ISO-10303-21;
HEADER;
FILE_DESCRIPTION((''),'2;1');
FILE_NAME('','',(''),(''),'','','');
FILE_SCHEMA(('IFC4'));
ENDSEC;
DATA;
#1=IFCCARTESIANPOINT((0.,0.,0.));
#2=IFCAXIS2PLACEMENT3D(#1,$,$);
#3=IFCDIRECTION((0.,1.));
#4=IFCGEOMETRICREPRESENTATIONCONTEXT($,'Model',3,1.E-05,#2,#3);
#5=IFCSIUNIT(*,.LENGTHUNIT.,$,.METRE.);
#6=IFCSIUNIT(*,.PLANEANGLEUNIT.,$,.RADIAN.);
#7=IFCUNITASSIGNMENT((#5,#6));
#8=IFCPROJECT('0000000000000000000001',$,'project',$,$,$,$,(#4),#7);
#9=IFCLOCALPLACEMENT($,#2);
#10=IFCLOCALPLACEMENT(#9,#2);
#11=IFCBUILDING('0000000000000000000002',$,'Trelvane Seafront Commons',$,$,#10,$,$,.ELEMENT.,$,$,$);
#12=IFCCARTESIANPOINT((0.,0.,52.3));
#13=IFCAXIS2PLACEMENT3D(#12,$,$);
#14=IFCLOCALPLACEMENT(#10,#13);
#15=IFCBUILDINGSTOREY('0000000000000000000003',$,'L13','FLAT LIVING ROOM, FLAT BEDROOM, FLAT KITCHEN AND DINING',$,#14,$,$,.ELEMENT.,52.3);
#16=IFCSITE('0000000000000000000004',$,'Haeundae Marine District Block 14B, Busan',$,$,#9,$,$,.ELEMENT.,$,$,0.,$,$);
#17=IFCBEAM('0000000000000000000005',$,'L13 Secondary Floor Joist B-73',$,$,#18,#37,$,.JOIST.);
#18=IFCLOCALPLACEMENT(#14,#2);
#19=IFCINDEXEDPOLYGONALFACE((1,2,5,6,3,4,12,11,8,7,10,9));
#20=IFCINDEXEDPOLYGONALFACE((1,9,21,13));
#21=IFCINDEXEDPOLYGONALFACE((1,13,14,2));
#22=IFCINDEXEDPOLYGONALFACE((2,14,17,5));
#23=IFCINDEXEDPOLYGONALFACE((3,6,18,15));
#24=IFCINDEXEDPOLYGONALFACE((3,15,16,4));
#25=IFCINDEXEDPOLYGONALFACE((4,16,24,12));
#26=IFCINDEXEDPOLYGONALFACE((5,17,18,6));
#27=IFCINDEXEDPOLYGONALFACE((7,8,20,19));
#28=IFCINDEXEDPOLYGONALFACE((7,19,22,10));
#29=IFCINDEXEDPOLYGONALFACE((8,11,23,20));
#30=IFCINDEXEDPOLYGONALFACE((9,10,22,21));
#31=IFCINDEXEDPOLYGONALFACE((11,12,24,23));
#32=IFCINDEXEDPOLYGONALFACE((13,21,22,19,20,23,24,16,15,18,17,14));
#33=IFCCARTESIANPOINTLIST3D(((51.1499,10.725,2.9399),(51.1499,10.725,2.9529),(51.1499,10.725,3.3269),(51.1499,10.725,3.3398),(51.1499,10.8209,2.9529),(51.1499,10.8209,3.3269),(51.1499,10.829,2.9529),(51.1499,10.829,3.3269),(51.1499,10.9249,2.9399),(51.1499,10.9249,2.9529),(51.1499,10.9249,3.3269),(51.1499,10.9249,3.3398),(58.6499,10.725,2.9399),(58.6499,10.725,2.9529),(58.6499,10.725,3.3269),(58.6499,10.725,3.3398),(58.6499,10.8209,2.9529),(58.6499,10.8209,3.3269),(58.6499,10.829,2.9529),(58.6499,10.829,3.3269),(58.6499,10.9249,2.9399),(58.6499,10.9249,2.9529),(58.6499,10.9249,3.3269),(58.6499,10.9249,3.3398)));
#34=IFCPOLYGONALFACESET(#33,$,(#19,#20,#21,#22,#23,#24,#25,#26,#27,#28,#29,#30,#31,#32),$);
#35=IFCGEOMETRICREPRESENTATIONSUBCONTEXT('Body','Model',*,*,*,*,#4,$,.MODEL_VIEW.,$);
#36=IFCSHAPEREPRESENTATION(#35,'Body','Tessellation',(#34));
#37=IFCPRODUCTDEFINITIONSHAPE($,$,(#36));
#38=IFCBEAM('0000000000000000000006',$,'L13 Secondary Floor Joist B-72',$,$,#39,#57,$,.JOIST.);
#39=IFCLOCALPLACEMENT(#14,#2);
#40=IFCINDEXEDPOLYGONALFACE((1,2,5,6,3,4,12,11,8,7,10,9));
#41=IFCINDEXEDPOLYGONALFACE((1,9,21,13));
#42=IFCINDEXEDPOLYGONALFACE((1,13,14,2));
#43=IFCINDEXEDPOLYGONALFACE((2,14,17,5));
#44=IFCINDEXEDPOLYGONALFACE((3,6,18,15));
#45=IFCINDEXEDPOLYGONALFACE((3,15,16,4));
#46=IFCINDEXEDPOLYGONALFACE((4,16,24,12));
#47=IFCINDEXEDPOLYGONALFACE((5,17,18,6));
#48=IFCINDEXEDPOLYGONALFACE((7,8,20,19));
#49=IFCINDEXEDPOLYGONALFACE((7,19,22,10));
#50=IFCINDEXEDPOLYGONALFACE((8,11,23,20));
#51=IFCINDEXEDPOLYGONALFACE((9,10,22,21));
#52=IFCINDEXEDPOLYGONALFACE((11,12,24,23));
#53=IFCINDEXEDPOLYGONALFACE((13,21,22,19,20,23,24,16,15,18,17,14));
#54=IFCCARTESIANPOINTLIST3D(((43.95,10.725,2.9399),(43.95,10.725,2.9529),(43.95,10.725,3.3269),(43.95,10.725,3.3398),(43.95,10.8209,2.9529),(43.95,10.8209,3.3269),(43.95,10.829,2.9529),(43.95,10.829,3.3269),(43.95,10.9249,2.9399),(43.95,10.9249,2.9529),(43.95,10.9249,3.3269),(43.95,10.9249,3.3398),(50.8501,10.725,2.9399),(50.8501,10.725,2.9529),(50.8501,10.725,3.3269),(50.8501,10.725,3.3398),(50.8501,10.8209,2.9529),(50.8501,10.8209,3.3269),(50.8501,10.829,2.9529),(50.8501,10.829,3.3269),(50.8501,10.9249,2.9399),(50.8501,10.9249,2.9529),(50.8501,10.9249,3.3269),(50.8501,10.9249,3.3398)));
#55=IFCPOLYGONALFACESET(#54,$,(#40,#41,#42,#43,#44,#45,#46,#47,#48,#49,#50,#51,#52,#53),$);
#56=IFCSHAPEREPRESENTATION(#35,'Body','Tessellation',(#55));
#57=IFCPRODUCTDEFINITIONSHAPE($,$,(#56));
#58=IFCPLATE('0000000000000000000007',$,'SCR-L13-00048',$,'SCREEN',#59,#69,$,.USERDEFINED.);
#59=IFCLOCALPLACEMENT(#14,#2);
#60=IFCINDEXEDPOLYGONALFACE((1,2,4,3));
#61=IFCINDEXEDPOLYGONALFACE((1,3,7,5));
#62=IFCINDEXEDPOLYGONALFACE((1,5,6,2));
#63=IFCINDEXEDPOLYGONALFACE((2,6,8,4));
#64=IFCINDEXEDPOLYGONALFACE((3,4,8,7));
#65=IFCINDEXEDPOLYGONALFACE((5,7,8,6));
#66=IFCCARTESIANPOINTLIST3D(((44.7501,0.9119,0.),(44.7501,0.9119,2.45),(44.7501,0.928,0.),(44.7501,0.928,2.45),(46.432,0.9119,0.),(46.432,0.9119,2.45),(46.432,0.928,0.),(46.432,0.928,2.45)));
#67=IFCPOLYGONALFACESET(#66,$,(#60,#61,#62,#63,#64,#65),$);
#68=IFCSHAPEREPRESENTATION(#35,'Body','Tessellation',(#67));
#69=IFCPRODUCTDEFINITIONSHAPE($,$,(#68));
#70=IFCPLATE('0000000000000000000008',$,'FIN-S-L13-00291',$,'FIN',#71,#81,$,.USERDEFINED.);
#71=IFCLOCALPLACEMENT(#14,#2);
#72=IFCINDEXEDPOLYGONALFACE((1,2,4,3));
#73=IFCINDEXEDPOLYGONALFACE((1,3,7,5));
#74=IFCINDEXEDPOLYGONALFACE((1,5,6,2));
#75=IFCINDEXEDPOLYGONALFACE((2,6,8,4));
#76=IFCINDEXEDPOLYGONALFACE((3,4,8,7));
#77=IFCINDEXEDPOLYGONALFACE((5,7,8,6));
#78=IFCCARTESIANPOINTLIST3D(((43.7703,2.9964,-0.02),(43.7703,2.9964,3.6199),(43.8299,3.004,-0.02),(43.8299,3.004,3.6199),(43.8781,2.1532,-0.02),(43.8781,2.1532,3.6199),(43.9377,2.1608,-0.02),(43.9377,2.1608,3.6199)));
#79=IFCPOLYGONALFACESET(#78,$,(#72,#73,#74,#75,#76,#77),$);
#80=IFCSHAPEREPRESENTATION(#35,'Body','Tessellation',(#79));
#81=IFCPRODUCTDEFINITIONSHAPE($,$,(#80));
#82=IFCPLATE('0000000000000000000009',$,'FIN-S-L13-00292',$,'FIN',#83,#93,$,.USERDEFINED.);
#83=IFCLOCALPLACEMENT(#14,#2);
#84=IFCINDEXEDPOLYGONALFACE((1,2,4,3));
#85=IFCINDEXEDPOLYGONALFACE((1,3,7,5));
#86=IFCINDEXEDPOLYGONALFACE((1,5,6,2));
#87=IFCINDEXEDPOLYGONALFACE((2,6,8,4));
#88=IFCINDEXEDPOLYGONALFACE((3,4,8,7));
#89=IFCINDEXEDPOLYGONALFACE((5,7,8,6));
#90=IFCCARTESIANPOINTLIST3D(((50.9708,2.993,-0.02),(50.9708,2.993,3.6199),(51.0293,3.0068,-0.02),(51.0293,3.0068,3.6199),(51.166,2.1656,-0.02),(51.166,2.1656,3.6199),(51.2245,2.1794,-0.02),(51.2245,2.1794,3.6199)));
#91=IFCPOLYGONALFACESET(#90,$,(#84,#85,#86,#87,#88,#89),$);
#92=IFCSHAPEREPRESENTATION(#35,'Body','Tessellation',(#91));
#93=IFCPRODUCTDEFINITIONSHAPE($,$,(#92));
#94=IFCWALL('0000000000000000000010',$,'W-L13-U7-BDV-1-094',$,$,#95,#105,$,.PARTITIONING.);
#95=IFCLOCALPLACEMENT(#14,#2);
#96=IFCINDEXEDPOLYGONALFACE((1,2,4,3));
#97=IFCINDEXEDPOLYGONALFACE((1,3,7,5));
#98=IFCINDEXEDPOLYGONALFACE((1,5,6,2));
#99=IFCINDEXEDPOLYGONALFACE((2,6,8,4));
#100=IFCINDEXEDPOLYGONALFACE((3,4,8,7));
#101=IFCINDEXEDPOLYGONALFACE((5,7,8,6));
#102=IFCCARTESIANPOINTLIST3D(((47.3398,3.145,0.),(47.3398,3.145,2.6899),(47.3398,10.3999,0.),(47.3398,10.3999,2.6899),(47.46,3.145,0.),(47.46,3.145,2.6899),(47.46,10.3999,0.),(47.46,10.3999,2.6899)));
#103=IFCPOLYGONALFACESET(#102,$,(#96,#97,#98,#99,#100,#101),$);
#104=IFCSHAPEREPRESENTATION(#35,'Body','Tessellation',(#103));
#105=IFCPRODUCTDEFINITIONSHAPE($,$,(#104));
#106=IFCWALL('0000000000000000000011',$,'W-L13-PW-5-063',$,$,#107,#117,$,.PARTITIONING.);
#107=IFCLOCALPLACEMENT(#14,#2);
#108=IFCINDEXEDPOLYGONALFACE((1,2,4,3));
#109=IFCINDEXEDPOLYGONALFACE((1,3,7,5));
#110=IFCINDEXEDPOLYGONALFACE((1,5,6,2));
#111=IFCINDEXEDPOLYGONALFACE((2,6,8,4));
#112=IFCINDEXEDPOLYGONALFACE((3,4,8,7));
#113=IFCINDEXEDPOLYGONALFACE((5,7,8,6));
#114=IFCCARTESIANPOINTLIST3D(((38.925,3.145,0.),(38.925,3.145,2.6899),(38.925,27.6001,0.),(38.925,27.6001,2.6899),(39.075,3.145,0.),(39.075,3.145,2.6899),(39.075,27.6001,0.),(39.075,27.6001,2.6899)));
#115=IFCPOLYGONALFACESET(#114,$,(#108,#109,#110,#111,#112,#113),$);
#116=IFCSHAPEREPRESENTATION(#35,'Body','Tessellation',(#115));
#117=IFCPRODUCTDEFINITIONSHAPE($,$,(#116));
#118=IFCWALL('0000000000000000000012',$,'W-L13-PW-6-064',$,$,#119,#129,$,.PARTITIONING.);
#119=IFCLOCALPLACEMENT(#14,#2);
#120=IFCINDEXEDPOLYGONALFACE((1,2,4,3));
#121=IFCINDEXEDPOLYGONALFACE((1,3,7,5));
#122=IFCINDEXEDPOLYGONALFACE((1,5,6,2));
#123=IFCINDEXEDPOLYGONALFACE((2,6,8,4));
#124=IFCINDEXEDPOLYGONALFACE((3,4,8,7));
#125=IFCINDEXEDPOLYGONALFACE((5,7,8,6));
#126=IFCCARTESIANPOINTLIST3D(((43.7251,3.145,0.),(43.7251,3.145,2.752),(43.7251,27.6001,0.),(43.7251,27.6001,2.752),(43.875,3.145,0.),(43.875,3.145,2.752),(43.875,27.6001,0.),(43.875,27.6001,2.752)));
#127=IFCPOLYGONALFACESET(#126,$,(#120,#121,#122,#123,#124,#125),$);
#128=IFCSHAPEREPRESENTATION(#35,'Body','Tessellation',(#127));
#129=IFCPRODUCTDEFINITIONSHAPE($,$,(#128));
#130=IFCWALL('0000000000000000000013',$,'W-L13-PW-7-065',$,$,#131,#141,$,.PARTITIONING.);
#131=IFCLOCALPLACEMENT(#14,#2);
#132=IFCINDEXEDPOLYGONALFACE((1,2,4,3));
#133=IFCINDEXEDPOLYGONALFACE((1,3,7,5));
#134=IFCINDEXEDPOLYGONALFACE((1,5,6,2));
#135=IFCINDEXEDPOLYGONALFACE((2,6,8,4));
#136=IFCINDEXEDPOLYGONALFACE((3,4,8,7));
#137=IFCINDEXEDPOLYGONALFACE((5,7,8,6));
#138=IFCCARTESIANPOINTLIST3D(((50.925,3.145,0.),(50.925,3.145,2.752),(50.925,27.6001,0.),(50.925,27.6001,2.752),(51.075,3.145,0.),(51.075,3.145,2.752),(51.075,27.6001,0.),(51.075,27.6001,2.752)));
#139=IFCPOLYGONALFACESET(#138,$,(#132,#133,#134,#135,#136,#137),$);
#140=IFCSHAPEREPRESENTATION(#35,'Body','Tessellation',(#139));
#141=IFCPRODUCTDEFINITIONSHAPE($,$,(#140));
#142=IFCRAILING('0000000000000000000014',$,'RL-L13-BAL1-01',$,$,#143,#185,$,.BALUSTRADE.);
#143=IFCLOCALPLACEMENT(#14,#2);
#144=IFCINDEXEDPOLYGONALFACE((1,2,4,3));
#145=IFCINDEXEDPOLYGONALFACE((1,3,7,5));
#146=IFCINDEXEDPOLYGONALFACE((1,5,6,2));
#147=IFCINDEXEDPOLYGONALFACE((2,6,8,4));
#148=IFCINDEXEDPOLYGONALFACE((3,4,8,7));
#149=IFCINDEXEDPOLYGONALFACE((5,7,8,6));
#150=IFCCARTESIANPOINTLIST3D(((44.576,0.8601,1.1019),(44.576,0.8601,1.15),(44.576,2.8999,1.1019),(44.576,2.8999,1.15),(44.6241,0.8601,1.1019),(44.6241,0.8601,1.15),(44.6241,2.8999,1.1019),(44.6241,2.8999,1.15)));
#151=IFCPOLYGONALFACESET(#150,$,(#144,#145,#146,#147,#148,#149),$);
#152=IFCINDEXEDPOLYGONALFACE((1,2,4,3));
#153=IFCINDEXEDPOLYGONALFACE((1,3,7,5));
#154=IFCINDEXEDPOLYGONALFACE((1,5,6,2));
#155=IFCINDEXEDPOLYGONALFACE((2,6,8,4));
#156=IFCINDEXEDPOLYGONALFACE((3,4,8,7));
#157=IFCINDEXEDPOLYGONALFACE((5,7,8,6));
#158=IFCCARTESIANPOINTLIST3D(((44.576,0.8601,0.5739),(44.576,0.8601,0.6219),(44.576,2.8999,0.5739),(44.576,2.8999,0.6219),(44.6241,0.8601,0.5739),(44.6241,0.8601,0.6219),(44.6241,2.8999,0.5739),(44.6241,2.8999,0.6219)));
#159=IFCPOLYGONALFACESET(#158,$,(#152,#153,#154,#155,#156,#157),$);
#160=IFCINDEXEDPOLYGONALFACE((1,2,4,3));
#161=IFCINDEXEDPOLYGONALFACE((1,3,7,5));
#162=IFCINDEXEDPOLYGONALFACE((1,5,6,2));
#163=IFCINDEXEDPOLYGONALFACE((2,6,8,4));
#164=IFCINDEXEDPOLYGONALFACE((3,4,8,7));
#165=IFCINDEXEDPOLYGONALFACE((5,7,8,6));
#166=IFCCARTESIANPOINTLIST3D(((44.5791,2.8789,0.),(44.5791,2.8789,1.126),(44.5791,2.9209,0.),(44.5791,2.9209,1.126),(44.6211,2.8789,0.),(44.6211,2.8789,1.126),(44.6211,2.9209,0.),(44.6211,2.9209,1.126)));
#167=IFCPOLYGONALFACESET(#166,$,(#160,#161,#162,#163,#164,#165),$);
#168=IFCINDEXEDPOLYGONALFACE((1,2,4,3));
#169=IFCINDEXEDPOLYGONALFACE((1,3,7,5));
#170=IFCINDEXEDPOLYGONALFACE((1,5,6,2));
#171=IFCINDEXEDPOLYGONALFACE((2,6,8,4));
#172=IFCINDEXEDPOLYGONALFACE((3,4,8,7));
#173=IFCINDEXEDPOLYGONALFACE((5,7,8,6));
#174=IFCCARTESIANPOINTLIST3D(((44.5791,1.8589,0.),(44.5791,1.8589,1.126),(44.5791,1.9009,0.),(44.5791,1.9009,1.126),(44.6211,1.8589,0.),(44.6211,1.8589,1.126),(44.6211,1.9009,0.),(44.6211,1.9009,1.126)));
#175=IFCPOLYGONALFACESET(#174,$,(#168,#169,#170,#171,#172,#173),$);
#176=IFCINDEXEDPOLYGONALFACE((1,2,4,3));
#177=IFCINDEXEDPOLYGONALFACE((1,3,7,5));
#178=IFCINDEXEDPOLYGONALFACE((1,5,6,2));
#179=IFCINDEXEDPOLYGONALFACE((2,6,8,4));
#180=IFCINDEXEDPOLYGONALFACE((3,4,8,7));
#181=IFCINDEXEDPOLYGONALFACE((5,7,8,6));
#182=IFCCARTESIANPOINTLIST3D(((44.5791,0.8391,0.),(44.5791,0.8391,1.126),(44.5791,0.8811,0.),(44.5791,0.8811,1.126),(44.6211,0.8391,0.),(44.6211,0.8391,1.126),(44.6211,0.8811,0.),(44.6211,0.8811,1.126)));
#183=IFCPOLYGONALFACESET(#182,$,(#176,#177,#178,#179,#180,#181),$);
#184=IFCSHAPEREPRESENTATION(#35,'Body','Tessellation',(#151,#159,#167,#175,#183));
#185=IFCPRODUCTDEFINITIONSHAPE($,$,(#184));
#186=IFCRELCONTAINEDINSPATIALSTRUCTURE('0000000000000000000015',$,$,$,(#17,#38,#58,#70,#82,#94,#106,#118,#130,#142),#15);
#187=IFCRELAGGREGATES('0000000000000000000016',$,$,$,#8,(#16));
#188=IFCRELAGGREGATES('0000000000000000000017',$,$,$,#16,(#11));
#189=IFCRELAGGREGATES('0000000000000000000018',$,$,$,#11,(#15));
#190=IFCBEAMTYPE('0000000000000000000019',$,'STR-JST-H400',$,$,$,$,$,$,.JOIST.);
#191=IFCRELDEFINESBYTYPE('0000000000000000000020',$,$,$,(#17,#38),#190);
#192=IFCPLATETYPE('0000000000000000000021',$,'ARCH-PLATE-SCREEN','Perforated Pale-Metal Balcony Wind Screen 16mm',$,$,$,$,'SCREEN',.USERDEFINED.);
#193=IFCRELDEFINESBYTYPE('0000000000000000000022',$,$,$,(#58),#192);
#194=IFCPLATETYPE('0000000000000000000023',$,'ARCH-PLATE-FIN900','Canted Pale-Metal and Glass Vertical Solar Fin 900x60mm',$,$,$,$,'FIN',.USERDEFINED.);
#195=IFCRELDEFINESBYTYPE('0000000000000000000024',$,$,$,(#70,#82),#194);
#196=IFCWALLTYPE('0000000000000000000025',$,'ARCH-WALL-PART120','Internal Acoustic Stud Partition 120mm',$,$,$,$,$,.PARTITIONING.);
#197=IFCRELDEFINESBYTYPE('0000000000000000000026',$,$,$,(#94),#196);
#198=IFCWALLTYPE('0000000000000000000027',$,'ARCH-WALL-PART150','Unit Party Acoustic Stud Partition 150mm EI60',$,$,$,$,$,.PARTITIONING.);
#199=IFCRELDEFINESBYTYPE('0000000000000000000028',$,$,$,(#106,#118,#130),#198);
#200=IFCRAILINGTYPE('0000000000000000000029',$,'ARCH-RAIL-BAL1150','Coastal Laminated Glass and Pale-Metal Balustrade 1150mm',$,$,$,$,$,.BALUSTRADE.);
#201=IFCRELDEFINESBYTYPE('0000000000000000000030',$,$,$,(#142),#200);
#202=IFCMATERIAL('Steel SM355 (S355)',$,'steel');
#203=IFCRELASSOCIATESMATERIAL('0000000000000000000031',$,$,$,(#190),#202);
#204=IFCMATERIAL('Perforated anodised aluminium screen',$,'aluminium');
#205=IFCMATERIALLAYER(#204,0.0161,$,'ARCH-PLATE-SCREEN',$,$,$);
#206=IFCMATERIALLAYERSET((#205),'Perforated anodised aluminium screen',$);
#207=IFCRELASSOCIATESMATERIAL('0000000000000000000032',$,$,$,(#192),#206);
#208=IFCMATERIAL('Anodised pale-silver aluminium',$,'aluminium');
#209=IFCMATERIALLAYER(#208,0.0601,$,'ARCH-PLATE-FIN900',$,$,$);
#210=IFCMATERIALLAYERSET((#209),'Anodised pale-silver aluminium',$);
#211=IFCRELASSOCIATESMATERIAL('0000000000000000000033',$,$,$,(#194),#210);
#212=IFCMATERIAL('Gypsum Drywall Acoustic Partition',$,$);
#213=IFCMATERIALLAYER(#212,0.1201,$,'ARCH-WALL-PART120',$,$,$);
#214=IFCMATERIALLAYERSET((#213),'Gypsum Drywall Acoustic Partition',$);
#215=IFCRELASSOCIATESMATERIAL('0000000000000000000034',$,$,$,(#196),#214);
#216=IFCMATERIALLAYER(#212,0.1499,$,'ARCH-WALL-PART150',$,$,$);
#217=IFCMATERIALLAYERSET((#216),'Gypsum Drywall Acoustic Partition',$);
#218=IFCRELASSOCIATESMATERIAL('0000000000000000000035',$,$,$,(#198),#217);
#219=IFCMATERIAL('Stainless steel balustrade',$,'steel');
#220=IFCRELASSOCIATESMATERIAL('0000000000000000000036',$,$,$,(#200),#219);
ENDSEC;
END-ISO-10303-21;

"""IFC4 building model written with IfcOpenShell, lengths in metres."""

from ifc_helpers import new_model, si_unit, direction, frame, frame_2d, origin, origin_2d, place, context, subcontext, project, spatial, rectangle, i_section, extrude, source, transform, mapped, material, layer, layer_set, material_profile, profile_set, type_object, element, save


model = new_model("IFC4")

# Units and contexts
model_context = context("Model", 3, precision=1e-05, world=origin(), true_north=direction((0.0, 1.0)))
body_context = subcontext(model_context, "Body", "Model", "MODEL_VIEW")
ifc_project = project(units=[si_unit("LENGTHUNIT", "METRE"), si_unit("PLANEANGLEUNIT", "RADIAN")], contexts=[model_context])

# Site, building, storey
site_placement = place(None, origin())
site = spatial("IfcSite", under=ifc_project, at=site_placement, Name="Haeundae Marine District Block 14B, Busan", CompositionType="ELEMENT", RefElevation=0.0)
building_placement = place(site_placement, origin())
building = spatial("IfcBuilding", under=site, at=building_placement, Name="Trelvane Seafront Commons", CompositionType="ELEMENT")
storey_placement = place(building_placement, frame((0.0, 0.0, 52.3)))
storey = spatial("IfcBuildingStorey", under=building, at=storey_placement, Name="L13", Description="FLAT LIVING ROOM, FLAT BEDROOM, FLAT KITCHEN AND DINING", CompositionType="ELEMENT", Elevation=52.3)

# Shared definitions
ifc_material_1 = material(Name="Steel SM355 (S355)", Category="steel")

# Beams
ifc_material_profile_1 = material_profile(ifc_material_1, i_section(OverallWidth=0.2, OverallDepth=0.3999, WebThickness=0.0081, FlangeThickness=0.0129, at=origin_2d()), Name="H-400x200x8x13")
ifc_profile_set_1 = profile_set([ifc_material_profile_1], Name="Steel SM355 (S355)")
beam_type_1 = type_object("IfcBeamType", Name="STR-JST-H400", PredefinedType="JOIST", material=ifc_profile_set_1)
shared_shape_1 = source(origin(), body_context, "Body", "SweptSolid", [
    extrude(i_section(OverallWidth=0.2, OverallDepth=0.3999, WebThickness=0.0081, FlangeThickness=0.0129, at=origin_2d()), origin(), (0.0, 0.0, 1.0), 7.5),
])
beam_1_placement = place(storey_placement, frame((51.1499, 10.825, 3.1399), z_axis=(1.0, 0.0, 0.0), x_axis=(0.0, 1.0, 0.0)))
element("IfcBeam", 1, at=beam_1_placement, inside=storey, type_object=beam_type_1, Name="L13 Secondary Floor Joist B-73", PredefinedType="JOIST", context=body_context, shape_type="MappedRepresentation", body=[
    mapped(shared_shape_1, transform((0.0, 0.0, 0.0), x_axis=(1.0, 0.0, 0.0), y_axis=(0.0, 1.0, 0.0), z_axis=(0.0, 0.0, 1.0), scale=1.0)),
])
shared_shape_2 = source(origin(), body_context, "Body", "SweptSolid", [
    extrude(i_section(OverallWidth=0.2, OverallDepth=0.3999, WebThickness=0.0081, FlangeThickness=0.0129, at=origin_2d()), origin(), (0.0, 0.0, 1.0), 6.9001),
])
beam_2_placement = place(storey_placement, frame((43.95, 10.825, 3.1399), z_axis=(1.0, 0.0, 0.0), x_axis=(0.0, 1.0, 0.0)))
element("IfcBeam", 2, at=beam_2_placement, inside=storey, type_object=beam_type_1, Name="L13 Secondary Floor Joist B-72", PredefinedType="JOIST", context=body_context, shape_type="MappedRepresentation", body=[
    mapped(shared_shape_2, transform((0.0, 0.0, 0.0), x_axis=(1.0, 0.0, 0.0), y_axis=(0.0, 1.0, 0.0), z_axis=(0.0, 0.0, 1.0), scale=1.0)),
])

# Plates
ifc_material_2 = material(Name="Perforated anodised aluminium screen", Category="aluminium")
ifc_layer_1 = layer(ifc_material_2, 0.0161, Name="ARCH-PLATE-SCREEN")
ifc_layer_set_1 = layer_set([ifc_layer_1], Name="Perforated anodised aluminium screen")
plate_type_1 = type_object("IfcPlateType", Name="ARCH-PLATE-SCREEN", Description="Perforated Pale-Metal Balcony Wind Screen 16mm", ElementType="SCREEN", PredefinedType="USERDEFINED", material=ifc_layer_set_1)
shared_shape_3 = source(origin(), body_context, "Body", "SweptSolid", [
    extrude(rectangle(XDim=1.6819, YDim=0.0161, at=origin_2d()), origin(), (0.0, 0.0, 1.0), 2.45),
])
plate_placement = place(storey_placement, frame((45.5911, 0.9199, 0.0), z_axis=(0.0, 0.0, 1.0), x_axis=(1.0, 0.0, 0.0)))
element("IfcPlate", 3, at=plate_placement, inside=storey, type_object=plate_type_1, Name="SCR-L13-00048", ObjectType="SCREEN", PredefinedType="USERDEFINED", context=body_context, shape_type="MappedRepresentation", body=[
    mapped(shared_shape_3, transform((0.0, 0.0, 0.0), x_axis=(1.0, 0.0, 0.0), y_axis=(0.0, 1.0, 0.0), z_axis=(0.0, 0.0, 1.0), scale=1.0)),
])
ifc_material_3 = material(Name="Anodised pale-silver aluminium", Category="aluminium")
ifc_layer_2 = layer(ifc_material_3, 0.0601, Name="ARCH-PLATE-FIN900")
ifc_layer_set_2 = layer_set([ifc_layer_2], Name="Anodised pale-silver aluminium")
plate_type_2 = type_object("IfcPlateType", Name="ARCH-PLATE-FIN900", Description="Canted Pale-Metal and Glass Vertical Solar Fin 900x60mm", ElementType="FIN", PredefinedType="USERDEFINED", material=ifc_layer_set_2)
shared_shape_4 = source(origin(), body_context, "Body", "SweptSolid", [
    extrude(rectangle(XDim=0.8501, YDim=0.0601, at=origin_2d()), origin(), (0.0, 0.0, 1.0), 3.6399),
])
for number, where, z_axis, x_axis, name in (
    (4, (43.854, 2.5786, -0.02), (0.0, 0.0, 1.0), (0.126829, -0.991925, 0.0), "FIN-S-L13-00291"),
    (5, (51.0977, 2.5862, -0.02), (0.0, 0.0, 1.0), (0.229642, -0.973275, 0.0), "FIN-S-L13-00292"),
):
    element("IfcPlate", number, at=place(storey_placement, frame(where, z_axis=z_axis, x_axis=x_axis)), inside=storey, type_object=plate_type_2, Name=name, ObjectType="FIN", PredefinedType="USERDEFINED", context=body_context, shape_type="MappedRepresentation", body=[
        mapped(shared_shape_4, transform((0.0, 0.0, 0.0), x_axis=(1.0, 0.0, 0.0), y_axis=(0.0, 1.0, 0.0), z_axis=(0.0, 0.0, 1.0), scale=1.0)),
    ])

# Shared definitions
ifc_material_4 = material(Name="Gypsum Drywall Acoustic Partition")
ifc_layer_3 = layer(ifc_material_4, 0.1201, Name="ARCH-WALL-PART120")
ifc_layer_set_3 = layer_set([ifc_layer_3], Name="Gypsum Drywall Acoustic Partition")
wall_type_1 = type_object("IfcWallType", Name="ARCH-WALL-PART120", Description="Internal Acoustic Stud Partition 120mm", PredefinedType="PARTITIONING", material=ifc_layer_set_3)

# Walls
wall_1_placement = place(storey_placement, frame((47.3999, 3.145, 0.0), z_axis=(0.0, 0.0, 1.0), x_axis=(0.0, 1.0, 0.0)))
element("IfcWall", 6, at=wall_1_placement, inside=storey, type_object=wall_type_1, Name="W-L13-U7-BDV-1-094", PredefinedType="PARTITIONING", context=body_context, shape_type="SweptSolid", body=[
    extrude(rectangle(XDim=7.2549, YDim=0.1201, at=frame_2d((3.6274, 0.0))), origin(), (0.0, 0.0, 1.0), 2.6899),
])
ifc_layer_4 = layer(ifc_material_4, 0.1499, Name="ARCH-WALL-PART150")
ifc_layer_set_4 = layer_set([ifc_layer_4], Name="Gypsum Drywall Acoustic Partition")
wall_type_2 = type_object("IfcWallType", Name="ARCH-WALL-PART150", Description="Unit Party Acoustic Stud Partition 150mm EI60", PredefinedType="PARTITIONING", material=ifc_layer_set_4)
wall_2_placement = place(storey_placement, frame((39.0, 3.145, 0.0), z_axis=(0.0, 0.0, 1.0), x_axis=(0.0, 1.0, 0.0)))
element("IfcWall", 7, at=wall_2_placement, inside=storey, type_object=wall_type_2, Name="W-L13-PW-5-063", PredefinedType="PARTITIONING", context=body_context, shape_type="SweptSolid", body=[
    extrude(rectangle(XDim=24.4551, YDim=0.1499, at=frame_2d((12.2275, 0.0))), origin(), (0.0, 0.0, 1.0), 2.6899),
])
for number, where, z_axis, x_axis, name in (
    (8, (43.8, 3.145, 0.0), (0.0, 0.0, 1.0), (0.0, 1.0, 0.0), "W-L13-PW-6-064"),
    (9, (51.0, 3.145, 0.0), (0.0, 0.0, 1.0), (0.0, 1.0, 0.0), "W-L13-PW-7-065"),
):
    element("IfcWall", number, at=place(storey_placement, frame(where, z_axis=z_axis, x_axis=x_axis)), inside=storey, type_object=wall_type_2, Name=name, PredefinedType="PARTITIONING", context=body_context, shape_type="SweptSolid", body=[
        extrude(rectangle(XDim=24.4551, YDim=0.1499, at=frame_2d((12.2275, 0.0))), origin(), (0.0, 0.0, 1.0), 2.752),
    ])

# Railing
ifc_material_5 = material(Name="Stainless steel balustrade", Category="steel")
railing_type = type_object("IfcRailingType", Name="ARCH-RAIL-BAL1150", Description="Coastal Laminated Glass and Pale-Metal Balustrade 1150mm", PredefinedType="BALUSTRADE", material=ifc_material_5)
railing_1_placement = place(storey_placement, frame((44.6001, 2.8999, 0.0)))
element("IfcRailing", 10, at=railing_1_placement, inside=storey, type_object=railing_type, Name="RL-L13-BAL1-01", PredefinedType="BALUSTRADE", context=body_context, shape_type="SweptSolid", body=[
    extrude(rectangle(XDim=0.0481, YDim=0.0481, at=origin_2d()), frame((0.0, 0.0, 1.126), z_axis=(0.0, -1.0, 0.0), x_axis=(1.0, 0.0, 0.0)), (0.0, 0.0, 1.0), 2.0398),
    extrude(rectangle(XDim=0.0481, YDim=0.0481, at=origin_2d()), frame((0.0, 0.0, 0.5979), z_axis=(0.0, -1.0, 0.0), x_axis=(1.0, 0.0, 0.0)), (0.0, 0.0, 1.0), 2.0398),
    extrude(rectangle(XDim=0.042, YDim=0.042, at=origin_2d()), origin(), (0.0, 0.0, 1.0), 1.126),
    extrude(rectangle(XDim=0.042, YDim=0.042, at=origin_2d()), frame((0.0, -1.02, 0.0)), (0.0, 0.0, 1.0), 1.126),
    extrude(rectangle(XDim=0.042, YDim=0.042, at=origin_2d()), frame((0.0, -2.0398, 0.0)), (0.0, 0.0, 1.0), 1.126),
])

save(model, "model.ifc")
